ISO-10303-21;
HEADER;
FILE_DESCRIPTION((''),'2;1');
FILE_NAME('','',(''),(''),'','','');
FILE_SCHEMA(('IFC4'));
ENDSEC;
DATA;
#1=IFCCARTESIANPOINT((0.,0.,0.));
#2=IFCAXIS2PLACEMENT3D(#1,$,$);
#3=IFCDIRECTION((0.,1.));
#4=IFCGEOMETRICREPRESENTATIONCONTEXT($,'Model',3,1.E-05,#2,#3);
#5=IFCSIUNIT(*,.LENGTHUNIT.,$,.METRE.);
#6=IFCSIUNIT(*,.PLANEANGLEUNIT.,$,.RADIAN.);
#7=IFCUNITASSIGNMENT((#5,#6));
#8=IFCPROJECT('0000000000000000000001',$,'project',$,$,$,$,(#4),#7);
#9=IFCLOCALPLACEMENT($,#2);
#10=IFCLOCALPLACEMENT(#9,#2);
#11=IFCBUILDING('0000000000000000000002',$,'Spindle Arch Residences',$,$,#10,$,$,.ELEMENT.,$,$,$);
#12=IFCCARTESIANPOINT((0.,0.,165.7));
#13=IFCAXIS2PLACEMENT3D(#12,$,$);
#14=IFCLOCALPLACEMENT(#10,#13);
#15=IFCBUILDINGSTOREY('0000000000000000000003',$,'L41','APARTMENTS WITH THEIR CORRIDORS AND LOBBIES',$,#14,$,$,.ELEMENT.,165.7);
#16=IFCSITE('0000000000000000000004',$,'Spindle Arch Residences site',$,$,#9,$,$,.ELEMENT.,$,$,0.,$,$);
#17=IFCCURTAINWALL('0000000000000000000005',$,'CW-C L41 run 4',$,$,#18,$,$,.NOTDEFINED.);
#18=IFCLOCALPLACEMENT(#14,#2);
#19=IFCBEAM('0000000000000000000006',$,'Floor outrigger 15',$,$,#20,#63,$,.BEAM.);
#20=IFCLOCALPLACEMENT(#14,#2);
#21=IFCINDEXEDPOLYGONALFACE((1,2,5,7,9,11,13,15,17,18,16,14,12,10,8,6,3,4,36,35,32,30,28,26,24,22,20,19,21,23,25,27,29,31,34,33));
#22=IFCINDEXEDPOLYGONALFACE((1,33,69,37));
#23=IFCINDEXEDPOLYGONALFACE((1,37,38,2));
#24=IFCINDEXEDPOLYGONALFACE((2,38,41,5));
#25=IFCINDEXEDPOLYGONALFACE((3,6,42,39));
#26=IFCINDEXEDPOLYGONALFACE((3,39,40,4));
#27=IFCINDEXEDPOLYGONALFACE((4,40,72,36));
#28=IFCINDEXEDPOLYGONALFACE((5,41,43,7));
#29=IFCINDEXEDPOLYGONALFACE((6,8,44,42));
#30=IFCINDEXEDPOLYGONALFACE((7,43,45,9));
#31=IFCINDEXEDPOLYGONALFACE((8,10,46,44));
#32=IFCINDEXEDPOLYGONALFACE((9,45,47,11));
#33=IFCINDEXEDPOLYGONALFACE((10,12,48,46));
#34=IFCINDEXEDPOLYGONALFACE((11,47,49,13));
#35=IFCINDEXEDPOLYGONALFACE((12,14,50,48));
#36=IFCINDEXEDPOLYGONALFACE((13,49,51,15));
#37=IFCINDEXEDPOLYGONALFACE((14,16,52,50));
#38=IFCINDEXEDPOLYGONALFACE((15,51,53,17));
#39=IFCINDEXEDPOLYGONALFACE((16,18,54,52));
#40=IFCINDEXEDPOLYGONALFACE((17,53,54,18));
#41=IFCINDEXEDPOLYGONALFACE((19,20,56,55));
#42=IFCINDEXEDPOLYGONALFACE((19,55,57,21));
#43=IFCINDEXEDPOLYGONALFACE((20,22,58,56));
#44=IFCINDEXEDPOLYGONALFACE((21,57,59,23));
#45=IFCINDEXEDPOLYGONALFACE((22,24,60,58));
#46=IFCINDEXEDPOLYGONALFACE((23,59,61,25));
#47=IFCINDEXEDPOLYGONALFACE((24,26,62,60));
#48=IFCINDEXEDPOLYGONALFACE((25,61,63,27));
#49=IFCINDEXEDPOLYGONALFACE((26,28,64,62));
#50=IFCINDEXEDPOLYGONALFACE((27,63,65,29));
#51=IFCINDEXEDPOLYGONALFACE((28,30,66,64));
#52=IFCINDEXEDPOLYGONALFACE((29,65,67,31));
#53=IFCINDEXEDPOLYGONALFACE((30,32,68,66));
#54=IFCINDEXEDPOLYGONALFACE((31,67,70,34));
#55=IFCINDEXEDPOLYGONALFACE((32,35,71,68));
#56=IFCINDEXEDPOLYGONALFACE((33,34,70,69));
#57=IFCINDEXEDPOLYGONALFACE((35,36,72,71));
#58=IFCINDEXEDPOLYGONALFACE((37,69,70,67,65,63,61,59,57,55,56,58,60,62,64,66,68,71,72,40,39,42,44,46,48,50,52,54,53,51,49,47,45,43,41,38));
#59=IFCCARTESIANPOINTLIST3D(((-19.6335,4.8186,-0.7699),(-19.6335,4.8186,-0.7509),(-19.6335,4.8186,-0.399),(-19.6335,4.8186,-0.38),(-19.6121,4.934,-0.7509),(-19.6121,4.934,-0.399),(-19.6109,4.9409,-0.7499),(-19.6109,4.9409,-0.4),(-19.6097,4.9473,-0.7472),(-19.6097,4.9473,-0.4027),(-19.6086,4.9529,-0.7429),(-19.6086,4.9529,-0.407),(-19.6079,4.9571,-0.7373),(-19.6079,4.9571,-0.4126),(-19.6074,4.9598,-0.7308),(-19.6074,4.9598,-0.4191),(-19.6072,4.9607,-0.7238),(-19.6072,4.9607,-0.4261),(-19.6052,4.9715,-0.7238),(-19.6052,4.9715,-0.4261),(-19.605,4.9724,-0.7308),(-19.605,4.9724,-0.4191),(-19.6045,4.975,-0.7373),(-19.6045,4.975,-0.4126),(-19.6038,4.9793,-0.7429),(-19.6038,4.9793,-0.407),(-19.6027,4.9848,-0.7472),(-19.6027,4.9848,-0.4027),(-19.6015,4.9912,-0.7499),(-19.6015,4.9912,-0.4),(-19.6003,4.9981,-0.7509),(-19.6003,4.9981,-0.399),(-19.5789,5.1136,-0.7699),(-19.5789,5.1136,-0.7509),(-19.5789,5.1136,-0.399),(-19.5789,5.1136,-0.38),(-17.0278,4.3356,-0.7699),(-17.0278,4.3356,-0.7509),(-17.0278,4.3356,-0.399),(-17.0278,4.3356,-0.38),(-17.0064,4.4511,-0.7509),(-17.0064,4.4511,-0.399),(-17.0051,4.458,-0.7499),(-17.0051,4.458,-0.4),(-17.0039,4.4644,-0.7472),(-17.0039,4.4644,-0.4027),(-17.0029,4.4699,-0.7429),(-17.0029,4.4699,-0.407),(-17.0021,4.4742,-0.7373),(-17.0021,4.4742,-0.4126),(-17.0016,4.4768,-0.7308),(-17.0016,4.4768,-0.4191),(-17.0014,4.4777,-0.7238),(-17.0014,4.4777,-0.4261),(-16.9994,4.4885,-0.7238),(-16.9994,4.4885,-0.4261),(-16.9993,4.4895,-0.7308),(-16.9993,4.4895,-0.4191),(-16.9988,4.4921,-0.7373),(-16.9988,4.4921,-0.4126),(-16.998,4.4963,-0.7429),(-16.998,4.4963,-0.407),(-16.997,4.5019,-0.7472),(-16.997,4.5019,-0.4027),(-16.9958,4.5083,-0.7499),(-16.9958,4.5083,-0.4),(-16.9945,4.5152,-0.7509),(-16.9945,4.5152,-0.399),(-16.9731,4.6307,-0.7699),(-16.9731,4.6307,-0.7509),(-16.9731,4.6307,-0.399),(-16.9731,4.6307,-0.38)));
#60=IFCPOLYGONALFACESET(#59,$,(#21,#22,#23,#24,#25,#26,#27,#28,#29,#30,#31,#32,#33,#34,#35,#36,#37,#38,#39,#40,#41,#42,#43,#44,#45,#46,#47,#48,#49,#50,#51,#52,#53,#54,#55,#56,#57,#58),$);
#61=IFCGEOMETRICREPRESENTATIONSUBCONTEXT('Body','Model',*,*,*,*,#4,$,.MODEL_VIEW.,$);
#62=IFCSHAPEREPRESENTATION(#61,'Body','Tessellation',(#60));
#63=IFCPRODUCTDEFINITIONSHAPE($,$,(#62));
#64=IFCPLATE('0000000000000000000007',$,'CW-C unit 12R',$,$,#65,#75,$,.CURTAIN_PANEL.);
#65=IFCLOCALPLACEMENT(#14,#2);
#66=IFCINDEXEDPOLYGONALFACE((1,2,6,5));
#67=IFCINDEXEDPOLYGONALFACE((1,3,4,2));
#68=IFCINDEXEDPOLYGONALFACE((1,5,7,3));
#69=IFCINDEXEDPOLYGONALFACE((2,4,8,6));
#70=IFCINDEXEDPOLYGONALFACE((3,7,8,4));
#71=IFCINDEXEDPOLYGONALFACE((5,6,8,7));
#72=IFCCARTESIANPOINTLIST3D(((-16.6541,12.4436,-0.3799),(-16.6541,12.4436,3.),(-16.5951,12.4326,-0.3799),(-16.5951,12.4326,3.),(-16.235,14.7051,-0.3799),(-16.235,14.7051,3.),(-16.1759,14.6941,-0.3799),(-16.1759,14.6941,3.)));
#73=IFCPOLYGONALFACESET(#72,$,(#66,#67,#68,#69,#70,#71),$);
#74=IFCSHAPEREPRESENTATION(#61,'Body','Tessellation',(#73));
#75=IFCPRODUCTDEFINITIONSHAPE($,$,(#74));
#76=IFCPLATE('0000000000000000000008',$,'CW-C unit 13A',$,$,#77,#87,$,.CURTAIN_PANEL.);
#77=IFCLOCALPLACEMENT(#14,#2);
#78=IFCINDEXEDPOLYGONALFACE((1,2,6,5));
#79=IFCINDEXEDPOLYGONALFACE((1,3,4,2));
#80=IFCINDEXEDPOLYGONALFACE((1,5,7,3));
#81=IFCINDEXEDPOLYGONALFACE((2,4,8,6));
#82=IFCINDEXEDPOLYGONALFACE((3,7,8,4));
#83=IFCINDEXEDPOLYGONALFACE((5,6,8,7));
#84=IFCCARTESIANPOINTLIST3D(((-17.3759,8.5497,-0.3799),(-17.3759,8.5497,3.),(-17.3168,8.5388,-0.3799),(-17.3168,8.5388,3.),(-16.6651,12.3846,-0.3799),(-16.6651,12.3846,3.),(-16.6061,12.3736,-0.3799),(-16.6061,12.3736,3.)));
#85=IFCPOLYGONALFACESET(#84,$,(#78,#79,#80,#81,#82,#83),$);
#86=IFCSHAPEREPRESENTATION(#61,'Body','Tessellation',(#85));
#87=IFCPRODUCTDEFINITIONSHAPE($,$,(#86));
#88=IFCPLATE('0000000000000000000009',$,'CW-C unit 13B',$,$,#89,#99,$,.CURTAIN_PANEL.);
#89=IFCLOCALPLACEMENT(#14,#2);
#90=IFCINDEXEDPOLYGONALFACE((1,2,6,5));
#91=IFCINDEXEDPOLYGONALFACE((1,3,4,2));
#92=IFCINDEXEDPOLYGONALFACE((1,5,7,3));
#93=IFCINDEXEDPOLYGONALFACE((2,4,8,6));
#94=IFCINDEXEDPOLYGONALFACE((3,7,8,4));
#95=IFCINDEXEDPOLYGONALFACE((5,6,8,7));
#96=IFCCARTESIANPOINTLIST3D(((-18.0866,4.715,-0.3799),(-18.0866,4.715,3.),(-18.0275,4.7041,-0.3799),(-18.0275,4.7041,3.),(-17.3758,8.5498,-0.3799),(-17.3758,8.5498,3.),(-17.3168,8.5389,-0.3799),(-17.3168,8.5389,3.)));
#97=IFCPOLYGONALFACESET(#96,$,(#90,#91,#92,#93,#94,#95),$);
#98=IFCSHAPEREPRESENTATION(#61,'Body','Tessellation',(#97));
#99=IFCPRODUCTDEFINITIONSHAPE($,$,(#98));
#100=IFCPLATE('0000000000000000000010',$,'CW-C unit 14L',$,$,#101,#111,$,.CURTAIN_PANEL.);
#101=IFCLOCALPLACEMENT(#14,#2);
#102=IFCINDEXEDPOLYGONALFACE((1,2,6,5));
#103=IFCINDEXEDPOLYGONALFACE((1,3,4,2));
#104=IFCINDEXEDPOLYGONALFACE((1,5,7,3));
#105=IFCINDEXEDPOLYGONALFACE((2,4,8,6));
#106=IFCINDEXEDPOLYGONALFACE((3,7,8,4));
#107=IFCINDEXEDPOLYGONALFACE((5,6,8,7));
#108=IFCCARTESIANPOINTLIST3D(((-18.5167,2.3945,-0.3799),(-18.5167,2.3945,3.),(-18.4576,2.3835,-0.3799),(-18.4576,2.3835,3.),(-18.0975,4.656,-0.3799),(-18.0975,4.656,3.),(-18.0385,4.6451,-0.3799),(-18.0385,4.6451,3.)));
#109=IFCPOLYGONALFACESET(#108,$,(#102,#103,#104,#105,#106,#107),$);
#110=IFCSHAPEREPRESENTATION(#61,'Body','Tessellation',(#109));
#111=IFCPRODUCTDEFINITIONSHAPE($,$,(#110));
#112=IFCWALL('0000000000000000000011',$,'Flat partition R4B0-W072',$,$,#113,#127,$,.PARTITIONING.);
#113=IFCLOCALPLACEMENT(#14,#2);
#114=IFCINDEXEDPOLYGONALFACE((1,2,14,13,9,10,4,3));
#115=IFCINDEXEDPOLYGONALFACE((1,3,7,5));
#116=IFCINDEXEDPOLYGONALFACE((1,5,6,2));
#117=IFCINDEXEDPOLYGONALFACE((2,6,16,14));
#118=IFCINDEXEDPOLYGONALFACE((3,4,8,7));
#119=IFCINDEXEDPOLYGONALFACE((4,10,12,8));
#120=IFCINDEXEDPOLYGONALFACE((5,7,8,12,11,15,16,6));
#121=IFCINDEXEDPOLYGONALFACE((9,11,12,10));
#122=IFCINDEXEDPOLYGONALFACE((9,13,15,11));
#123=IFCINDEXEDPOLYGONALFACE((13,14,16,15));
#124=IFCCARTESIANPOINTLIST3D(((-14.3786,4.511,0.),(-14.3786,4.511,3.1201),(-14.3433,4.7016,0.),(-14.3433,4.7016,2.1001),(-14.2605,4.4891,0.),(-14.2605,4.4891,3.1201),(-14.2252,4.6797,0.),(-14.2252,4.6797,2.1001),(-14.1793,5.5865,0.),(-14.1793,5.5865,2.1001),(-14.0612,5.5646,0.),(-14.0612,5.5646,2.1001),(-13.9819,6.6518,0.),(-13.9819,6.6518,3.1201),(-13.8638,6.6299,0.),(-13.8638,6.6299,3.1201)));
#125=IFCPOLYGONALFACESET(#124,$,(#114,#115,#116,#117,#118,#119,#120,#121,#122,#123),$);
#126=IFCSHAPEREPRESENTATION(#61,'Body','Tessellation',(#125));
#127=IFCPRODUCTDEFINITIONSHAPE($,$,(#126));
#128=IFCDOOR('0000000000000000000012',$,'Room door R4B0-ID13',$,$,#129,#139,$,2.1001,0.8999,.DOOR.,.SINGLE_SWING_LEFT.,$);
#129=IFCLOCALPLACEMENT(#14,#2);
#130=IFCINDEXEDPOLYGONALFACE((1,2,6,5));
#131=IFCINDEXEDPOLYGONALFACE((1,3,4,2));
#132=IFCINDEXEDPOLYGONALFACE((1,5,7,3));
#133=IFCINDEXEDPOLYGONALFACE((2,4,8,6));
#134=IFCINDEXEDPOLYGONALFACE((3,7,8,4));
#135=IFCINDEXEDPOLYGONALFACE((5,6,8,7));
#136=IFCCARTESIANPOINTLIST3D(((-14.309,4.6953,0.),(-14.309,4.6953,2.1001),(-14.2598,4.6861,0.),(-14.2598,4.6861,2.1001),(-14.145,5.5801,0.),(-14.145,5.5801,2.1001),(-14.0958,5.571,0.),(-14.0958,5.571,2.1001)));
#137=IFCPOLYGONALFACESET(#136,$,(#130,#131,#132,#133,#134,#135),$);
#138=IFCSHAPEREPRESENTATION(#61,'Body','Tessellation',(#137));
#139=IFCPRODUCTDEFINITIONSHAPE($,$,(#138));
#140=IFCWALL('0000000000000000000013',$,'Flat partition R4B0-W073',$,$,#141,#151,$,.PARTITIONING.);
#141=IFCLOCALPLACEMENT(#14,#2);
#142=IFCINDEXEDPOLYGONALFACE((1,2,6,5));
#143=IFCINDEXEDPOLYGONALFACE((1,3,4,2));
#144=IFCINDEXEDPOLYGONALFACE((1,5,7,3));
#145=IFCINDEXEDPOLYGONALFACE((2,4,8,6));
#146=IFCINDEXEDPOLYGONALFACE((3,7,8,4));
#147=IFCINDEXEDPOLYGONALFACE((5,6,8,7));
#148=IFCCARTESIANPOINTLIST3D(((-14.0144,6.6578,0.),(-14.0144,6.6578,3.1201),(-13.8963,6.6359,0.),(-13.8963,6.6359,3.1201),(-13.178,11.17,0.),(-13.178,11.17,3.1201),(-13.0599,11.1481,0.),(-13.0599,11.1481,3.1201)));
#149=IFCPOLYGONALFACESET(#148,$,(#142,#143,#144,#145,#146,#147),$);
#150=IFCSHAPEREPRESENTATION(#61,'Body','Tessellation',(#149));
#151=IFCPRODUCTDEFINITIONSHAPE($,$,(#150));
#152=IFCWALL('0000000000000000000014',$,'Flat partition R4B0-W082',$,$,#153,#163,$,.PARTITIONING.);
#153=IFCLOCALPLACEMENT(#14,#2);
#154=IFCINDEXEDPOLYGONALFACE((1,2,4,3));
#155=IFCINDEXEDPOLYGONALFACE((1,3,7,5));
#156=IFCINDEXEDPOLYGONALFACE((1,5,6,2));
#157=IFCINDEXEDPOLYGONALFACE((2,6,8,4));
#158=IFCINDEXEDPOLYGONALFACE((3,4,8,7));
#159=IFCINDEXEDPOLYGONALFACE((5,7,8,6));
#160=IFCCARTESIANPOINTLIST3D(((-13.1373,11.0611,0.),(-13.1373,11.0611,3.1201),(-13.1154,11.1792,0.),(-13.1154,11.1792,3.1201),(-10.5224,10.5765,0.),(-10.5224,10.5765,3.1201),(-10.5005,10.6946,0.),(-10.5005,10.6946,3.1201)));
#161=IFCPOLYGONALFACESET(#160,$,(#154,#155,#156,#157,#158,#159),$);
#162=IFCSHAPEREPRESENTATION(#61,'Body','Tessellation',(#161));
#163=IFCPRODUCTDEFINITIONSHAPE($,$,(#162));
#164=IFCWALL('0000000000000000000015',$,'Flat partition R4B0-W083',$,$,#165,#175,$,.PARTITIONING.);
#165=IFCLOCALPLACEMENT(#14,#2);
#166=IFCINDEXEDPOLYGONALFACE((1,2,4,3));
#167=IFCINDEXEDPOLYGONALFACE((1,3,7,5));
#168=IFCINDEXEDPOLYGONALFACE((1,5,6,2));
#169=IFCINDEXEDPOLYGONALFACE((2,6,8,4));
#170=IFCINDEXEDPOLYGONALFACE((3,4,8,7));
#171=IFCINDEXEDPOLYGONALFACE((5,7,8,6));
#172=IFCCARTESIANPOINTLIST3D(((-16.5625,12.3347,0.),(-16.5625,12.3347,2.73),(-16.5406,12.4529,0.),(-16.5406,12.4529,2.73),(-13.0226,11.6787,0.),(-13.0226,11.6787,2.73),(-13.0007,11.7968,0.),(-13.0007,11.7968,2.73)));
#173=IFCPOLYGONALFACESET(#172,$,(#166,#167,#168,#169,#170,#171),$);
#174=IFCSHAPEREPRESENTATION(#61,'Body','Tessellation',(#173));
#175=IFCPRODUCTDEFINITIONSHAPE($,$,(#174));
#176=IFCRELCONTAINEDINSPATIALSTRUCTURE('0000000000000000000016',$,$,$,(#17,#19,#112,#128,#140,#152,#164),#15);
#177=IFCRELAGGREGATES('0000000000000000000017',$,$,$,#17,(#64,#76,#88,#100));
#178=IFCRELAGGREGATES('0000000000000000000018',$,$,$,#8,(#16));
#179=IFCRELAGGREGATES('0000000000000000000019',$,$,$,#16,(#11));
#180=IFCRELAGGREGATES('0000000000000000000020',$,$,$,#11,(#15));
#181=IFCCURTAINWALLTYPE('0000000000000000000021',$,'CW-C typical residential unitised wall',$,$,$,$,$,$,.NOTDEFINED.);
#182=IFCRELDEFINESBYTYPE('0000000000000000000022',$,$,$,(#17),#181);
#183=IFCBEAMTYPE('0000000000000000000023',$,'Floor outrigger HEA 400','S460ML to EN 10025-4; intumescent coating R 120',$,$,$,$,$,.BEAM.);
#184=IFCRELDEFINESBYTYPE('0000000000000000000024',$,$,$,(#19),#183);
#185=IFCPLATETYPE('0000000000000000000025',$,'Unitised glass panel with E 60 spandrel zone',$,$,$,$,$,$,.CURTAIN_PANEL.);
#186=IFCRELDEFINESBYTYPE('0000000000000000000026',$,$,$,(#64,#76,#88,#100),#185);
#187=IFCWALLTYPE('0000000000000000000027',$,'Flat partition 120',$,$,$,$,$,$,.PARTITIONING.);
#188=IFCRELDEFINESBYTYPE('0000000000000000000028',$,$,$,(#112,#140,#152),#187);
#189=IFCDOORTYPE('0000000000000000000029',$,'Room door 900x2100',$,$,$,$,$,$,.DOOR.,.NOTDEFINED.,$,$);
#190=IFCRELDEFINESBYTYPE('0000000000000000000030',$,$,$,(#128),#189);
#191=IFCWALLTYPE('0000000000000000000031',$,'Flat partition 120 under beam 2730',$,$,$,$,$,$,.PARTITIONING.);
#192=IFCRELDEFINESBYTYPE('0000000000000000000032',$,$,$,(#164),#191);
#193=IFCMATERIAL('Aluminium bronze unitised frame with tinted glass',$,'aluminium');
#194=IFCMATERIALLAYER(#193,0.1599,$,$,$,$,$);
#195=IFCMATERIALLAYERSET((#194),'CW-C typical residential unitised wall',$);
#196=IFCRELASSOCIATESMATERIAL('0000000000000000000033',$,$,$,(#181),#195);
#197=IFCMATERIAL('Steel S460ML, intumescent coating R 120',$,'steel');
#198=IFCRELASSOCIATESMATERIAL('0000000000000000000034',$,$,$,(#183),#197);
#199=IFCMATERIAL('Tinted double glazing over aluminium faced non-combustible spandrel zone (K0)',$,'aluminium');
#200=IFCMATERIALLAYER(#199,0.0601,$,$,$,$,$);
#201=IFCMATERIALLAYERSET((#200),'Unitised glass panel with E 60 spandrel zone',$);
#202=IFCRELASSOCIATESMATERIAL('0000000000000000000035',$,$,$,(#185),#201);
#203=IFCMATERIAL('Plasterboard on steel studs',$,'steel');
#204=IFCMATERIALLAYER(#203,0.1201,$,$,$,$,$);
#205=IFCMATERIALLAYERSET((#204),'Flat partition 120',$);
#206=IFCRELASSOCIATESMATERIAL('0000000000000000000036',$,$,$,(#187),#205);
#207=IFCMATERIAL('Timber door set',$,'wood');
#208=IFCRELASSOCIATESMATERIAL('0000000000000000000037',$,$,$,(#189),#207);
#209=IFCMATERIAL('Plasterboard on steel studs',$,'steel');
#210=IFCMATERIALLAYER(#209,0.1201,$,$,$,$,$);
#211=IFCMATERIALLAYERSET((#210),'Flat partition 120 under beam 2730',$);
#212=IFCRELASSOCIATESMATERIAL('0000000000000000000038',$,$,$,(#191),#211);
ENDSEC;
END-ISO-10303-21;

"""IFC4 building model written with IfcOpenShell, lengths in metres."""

from ifc_helpers import new_model, si_unit, direction, frame, frame_2d, origin, origin_2d, place, context, subcontext, project, spatial, rectangle, i_section, extrude, material, layer, layer_set, material_profile, profile_set, type_object, element, fill, aggregate, save


model = new_model("IFC4")

# Units and contexts
model_context = context("Model", 3, precision=1e-05, world=origin(), true_north=direction((0.0, 1.0)))
body_context = subcontext(model_context, "Body", "Model", "MODEL_VIEW")
ifc_project = project(units=[si_unit("LENGTHUNIT", "METRE"), si_unit("PLANEANGLEUNIT", "RADIAN")], contexts=[model_context])

# Site, building, storey
site_placement = place(None, origin())
site = spatial("IfcSite", under=ifc_project, at=site_placement, Name="Spindle Arch Residences site", CompositionType="ELEMENT", RefElevation=0.0)
building_placement = place(site_placement, origin())
building = spatial("IfcBuilding", under=site, at=building_placement, Name="Spindle Arch Residences", CompositionType="ELEMENT")
storey_placement = place(building_placement, frame((0.0, 0.0, 165.7)))
storey = spatial("IfcBuildingStorey", under=building, at=storey_placement, Name="L41", Description="APARTMENTS WITH THEIR CORRIDORS AND LOBBIES", CompositionType="ELEMENT", Elevation=165.7)

# Curtain wall
ifc_material_1 = material(Name="Aluminium bronze unitised frame with tinted glass", Category="aluminium")
ifc_layer_1 = layer(ifc_material_1, 0.1599)
ifc_layer_set_1 = layer_set([ifc_layer_1], Name="CW-C typical residential unitised wall")
curtain_wall_type = type_object("IfcCurtainWallType", Name="CW-C typical residential unitised wall", PredefinedType="NOTDEFINED", material=ifc_layer_set_1)
curtain_wall_placement = place(storey_placement, origin())
curtain_wall = element("IfcCurtainWall", 1, at=curtain_wall_placement, inside=storey, type_object=curtain_wall_type, Name="CW-C L41 run 4", PredefinedType="NOTDEFINED")

# Beam
ifc_material_2 = material(Name="Steel S460ML, intumescent coating R 120", Category="steel")
ifc_material_profile_1 = material_profile(ifc_material_2, i_section(OverallWidth=0.3, OverallDepth=0.3899, WebThickness=0.011, FlangeThickness=0.019, FilletRadius=0.0271, at=origin_2d()), Name="HEA 400")
ifc_profile_set_1 = profile_set([ifc_material_profile_1], Name="Steel S460ML, intumescent coating R 120")
beam_type_1 = type_object("IfcBeamType", Name="Floor outrigger HEA 400", Description="S460ML to EN 10025-4; intumescent coating R 120", PredefinedType="BEAM", material=ifc_profile_set_1)
for number, where, z_axis, x_axis, name in (
    (2, (-19.6062, 4.9661, -0.575), (0.983257, -0.182225, 0.0), (0.182225, 0.983257, 0.0), "Floor outrigger 15"),
):
    element("IfcBeam", number, at=place(storey_placement, frame(where, z_axis=z_axis, x_axis=x_axis)), inside=storey, type_object=beam_type_1, Name=name, PredefinedType="BEAM", context=body_context, shape_type="SweptSolid", body=[
        extrude(i_section(OverallWidth=0.3, OverallDepth=0.3899, WebThickness=0.011, FlangeThickness=0.019, FilletRadius=0.0271, at=origin_2d()), origin(), (0.0, 0.0, 1.0), 2.6501),
    ])

# Plates
ifc_material_3 = material(Name="Tinted double glazing over aluminium faced non-combustible spandrel zone (K0)", Category="aluminium")
ifc_layer_2 = layer(ifc_material_3, 0.0601)
ifc_layer_set_2 = layer_set([ifc_layer_2], Name="Unitised glass panel with E 60 spandrel zone")
plate_type = type_object("IfcPlateType", Name="Unitised glass panel with E 60 spandrel zone", PredefinedType="CURTAIN_PANEL", material=ifc_layer_set_2)
plate_1_placement = place(storey_placement, frame((-16.415, 13.5688, -0.3799), z_axis=(0.0, 0.0, 1.0), x_axis=(-0.182236, -0.983255, 0.0)))
plate_1 = element("IfcPlate", 3, at=plate_1_placement, type_object=plate_type, Name="CW-C unit 12R", PredefinedType="CURTAIN_PANEL", context=body_context, shape_type="SweptSolid", body=[
    extrude(rectangle(XDim=2.3, YDim=0.0601, at=origin_2d()), origin(), (0.0, 0.0, 1.0), 3.3799),
])
plate_2_placement = place(storey_placement, frame((-16.991, 10.4617, -0.3799), z_axis=(0.0, 0.0, 1.0), x_axis=(-0.182236, -0.983255, 0.0)))
plate_2 = element("IfcPlate", 4, at=plate_2_placement, type_object=plate_type, Name="CW-C unit 13A", PredefinedType="CURTAIN_PANEL", context=body_context, shape_type="SweptSolid", body=[
    extrude(rectangle(XDim=3.9001, YDim=0.0601, at=origin_2d()), origin(), (0.0, 0.0, 1.0), 3.3799),
])
plate_3_placement = place(storey_placement, frame((-17.7017, 6.627, -0.3799), z_axis=(0.0, 0.0, 1.0), x_axis=(-0.182236, -0.983255, 0.0)))
plate_3 = element("IfcPlate", 5, at=plate_3_placement, type_object=plate_type, Name="CW-C unit 13B", PredefinedType="CURTAIN_PANEL", context=body_context, shape_type="SweptSolid", body=[
    extrude(rectangle(XDim=3.9001, YDim=0.0601, at=origin_2d()), origin(), (0.0, 0.0, 1.0), 3.3799),
])
plate_4_placement = place(storey_placement, frame((-18.2776, 3.5198, -0.3799), z_axis=(0.0, 0.0, 1.0), x_axis=(-0.182236, -0.983255, 0.0)))
plate_4 = element("IfcPlate", 6, at=plate_4_placement, type_object=plate_type, Name="CW-C unit 14L", PredefinedType="CURTAIN_PANEL", context=body_context, shape_type="SweptSolid", body=[
    extrude(rectangle(XDim=2.3, YDim=0.0601, at=origin_2d()), origin(), (0.0, 0.0, 1.0), 3.3799),
])
aggregate(curtain_wall, [plate_1, plate_2, plate_3, plate_4])

# Wall, opening, door
ifc_material_4 = material(Name="Plasterboard on steel studs", Category="steel")
ifc_layer_3 = layer(ifc_material_4, 0.1201)
ifc_layer_set_3 = layer_set([ifc_layer_3], Name="Flat partition 120")
wall_type_1 = type_object("IfcWallType", Name="Flat partition 120", PredefinedType="PARTITIONING", material=ifc_layer_set_3)
wall_1_placement = place(storey_placement, frame((-13.9229, 6.6409, 0.0), z_axis=(0.0, 0.0, 1.0), x_axis=(-0.18221, -0.98326, 0.0)))
wall_1 = element("IfcWall", 7, at=wall_1_placement, inside=storey, type_object=wall_type_1, Name="Flat partition R4B0-W072", PredefinedType="PARTITIONING", context=body_context, shape_type="SweptSolid", body=[
    extrude(rectangle(XDim=2.1772, YDim=0.1201, at=frame_2d((1.0886, 0.0))), origin(), (0.0, 0.0, 1.0), 3.1201),
])
opening_1_placement = place(wall_1_placement, frame((1.0835, 0.0, 0.0)))
opening_1 = element("IfcOpeningElement", 8, at=opening_1_placement, cuts=wall_1, PredefinedType="OPENING", context=body_context, shape_type="SweptSolid", body=[
    extrude(rectangle(XDim=0.8999, YDim=2.1001, at=frame_2d((0.45, 1.05))), frame((0.0, 0.0701, 0.0), z_axis=(0.0, -1.0, 0.0), x_axis=(1.0, 0.0, 0.0)), (0.0, 0.0, 1.0), 0.1401),
])
ifc_material_5 = material(Name="Timber door set", Category="wood")
door_type_1 = type_object("IfcDoorType", Name="Room door 900x2100", OperationType="NOTDEFINED", PredefinedType="DOOR", material=ifc_material_5)
door_1_placement = place(opening_1_placement, origin())
door_1 = element("IfcDoor", 9, at=door_1_placement, inside=storey, type_object=door_type_1, Name="Room door R4B0-ID13", OperationType="SINGLE_SWING_LEFT", OverallHeight=2.1001, OverallWidth=0.8999, PredefinedType="DOOR", context=body_context, shape_type="SweptSolid", body=[
    extrude(rectangle(XDim=0.8999, YDim=2.1001, at=frame_2d((0.45, 1.05))), frame((0.0, 0.0249, 0.0), z_axis=(0.0, -1.0, 0.0), x_axis=(1.0, 0.0, 0.0)), (0.0, 0.0, 1.0), 0.05),
])
fill(opening_1, door_1)

# Walls
wall_2_placement = place(storey_placement, frame((-13.9553, 6.647, 0.0), z_axis=(0.0, 0.0, 1.0), x_axis=(0.182265, 0.98325, 0.0)))
element("IfcWall", 10, at=wall_2_placement, inside=storey, type_object=wall_type_1, Name="Flat partition R4B0-W073", PredefinedType="PARTITIONING", context=body_context, shape_type="SweptSolid", body=[
    extrude(rectangle(XDim=4.5891, YDim=0.1201, at=frame_2d((2.2944, 0.0))), origin(), (0.0, 0.0, 1.0), 3.1201),
])
wall_3_placement = place(storey_placement, frame((-13.1262, 11.1201, 0.0), z_axis=(0.0, 0.0, 1.0), x_axis=(0.983258, -0.182221, 0.0)))
element("IfcWall", 11, at=wall_3_placement, inside=storey, type_object=wall_type_1, Name="Flat partition R4B0-W082", PredefinedType="PARTITIONING", context=body_context, shape_type="SweptSolid", body=[
    extrude(rectangle(XDim=2.6594, YDim=0.1201, at=frame_2d((1.3296, 0.0))), origin(), (0.0, 0.0, 1.0), 3.1201),
])
ifc_material_6 = material(Name="Plasterboard on steel studs", Category="steel")
ifc_layer_4 = layer(ifc_material_6, 0.1201)
ifc_layer_set_4 = layer_set([ifc_layer_4], Name="Flat partition 120 under beam 2730")
wall_type_2 = type_object("IfcWallType", Name="Flat partition 120 under beam 2730", PredefinedType="PARTITIONING", material=ifc_layer_set_4)
wall_4_placement = place(storey_placement, frame((-16.5515, 12.3938, 0.0), z_axis=(0.0, 0.0, 1.0), x_axis=(0.983258, -0.18222, 0.0)))
element("IfcWall", 12, at=wall_4_placement, inside=storey, type_object=wall_type_2, Name="Flat partition R4B0-W083", PredefinedType="PARTITIONING", context=body_context, shape_type="SweptSolid", body=[
    extrude(rectangle(XDim=3.6001, YDim=0.1201, at=frame_2d((1.8, 0.0))), origin(), (0.0, 0.0, 1.0), 2.73),
])

save(model, "model.ifc")
